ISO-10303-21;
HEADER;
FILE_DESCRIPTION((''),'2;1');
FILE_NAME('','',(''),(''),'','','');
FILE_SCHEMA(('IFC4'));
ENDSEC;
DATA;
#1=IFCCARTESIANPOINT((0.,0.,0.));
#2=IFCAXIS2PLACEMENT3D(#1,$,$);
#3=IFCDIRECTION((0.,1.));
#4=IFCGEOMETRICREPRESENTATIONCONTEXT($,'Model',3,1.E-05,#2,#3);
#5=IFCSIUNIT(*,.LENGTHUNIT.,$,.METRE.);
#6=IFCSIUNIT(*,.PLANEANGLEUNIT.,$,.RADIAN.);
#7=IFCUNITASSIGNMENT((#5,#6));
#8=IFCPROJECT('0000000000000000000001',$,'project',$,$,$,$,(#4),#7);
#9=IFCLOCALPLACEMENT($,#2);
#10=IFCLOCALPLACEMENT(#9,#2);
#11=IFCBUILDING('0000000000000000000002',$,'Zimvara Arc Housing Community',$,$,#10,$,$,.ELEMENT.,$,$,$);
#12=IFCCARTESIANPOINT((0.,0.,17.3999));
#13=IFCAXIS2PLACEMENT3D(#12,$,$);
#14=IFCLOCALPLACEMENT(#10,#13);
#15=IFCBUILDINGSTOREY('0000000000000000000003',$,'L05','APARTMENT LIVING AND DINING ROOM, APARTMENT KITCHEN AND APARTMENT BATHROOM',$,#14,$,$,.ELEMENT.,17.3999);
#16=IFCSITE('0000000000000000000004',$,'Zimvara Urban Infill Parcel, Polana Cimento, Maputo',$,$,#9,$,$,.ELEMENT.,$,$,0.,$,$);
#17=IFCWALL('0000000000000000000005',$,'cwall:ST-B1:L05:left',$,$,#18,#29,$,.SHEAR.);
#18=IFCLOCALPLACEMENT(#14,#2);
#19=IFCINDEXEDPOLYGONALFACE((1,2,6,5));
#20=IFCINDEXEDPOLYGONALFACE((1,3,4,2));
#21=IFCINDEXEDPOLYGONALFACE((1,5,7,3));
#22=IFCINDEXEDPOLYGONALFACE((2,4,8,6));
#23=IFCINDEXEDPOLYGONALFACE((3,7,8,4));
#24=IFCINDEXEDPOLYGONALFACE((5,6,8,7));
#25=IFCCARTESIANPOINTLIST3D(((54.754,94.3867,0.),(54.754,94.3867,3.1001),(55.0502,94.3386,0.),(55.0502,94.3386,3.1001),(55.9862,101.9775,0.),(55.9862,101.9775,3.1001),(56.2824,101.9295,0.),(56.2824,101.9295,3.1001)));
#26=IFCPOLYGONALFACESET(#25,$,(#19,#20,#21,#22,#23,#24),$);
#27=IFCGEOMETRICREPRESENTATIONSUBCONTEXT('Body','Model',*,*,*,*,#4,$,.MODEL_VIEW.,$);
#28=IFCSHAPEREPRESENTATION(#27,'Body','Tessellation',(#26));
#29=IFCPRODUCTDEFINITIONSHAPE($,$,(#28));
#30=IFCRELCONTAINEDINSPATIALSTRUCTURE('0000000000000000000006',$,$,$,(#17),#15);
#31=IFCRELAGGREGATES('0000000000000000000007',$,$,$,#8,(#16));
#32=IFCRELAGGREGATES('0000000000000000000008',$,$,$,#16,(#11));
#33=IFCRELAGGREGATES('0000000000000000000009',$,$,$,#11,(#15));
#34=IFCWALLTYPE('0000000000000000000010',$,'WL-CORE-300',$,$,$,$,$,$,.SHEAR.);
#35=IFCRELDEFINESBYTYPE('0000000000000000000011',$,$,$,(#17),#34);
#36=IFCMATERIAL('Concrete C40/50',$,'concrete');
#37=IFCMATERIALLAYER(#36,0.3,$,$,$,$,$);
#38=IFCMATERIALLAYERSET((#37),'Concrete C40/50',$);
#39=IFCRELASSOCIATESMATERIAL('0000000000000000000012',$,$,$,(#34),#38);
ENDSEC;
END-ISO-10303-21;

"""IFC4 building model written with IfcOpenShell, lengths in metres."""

from ifc_helpers import new_model, si_unit, direction, frame, frame_2d, origin, place, context, subcontext, project, spatial, rectangle, extrude, material, layer, layer_set, type_object, element, save


model = new_model("IFC4")

# Units and contexts
model_context = context("Model", 3, precision=1e-05, world=origin(), true_north=direction((0.0, 1.0)))
body_context = subcontext(model_context, "Body", "Model", "MODEL_VIEW")
ifc_project = project(units=[si_unit("LENGTHUNIT", "METRE"), si_unit("PLANEANGLEUNIT", "RADIAN")], contexts=[model_context])

# Site, building, storey
site_placement = place(None, origin())
site = spatial("IfcSite", under=ifc_project, at=site_placement, Name="Zimvara Urban Infill Parcel, Polana Cimento, Maputo", CompositionType="ELEMENT", RefElevation=0.0)
building_placement = place(site_placement, origin())
building = spatial("IfcBuilding", under=site, at=building_placement, Name="Zimvara Arc Housing Community", CompositionType="ELEMENT")
storey_placement = place(building_placement, frame((0.0, 0.0, 17.3999)))
storey = spatial("IfcBuildingStorey", under=building, at=storey_placement, Name="L05", Description="APARTMENT LIVING AND DINING ROOM, APARTMENT KITCHEN AND APARTMENT BATHROOM", CompositionType="ELEMENT", Elevation=17.3999)

# Shared definitions
ifc_material_1 = material(Name="Concrete C40/50", Category="concrete")
ifc_layer_1 = layer(ifc_material_1, 0.3)
ifc_layer_set_1 = layer_set([ifc_layer_1], Name="Concrete C40/50")
wall_type_1 = type_object("IfcWallType", Name="WL-CORE-300", PredefinedType="SHEAR", material=ifc_layer_set_1)

# Wall
wall_1_placement = place(storey_placement, frame((54.9021, 94.3625, 0.0), z_axis=(0.0, 0.0, 1.0), x_axis=(0.160227, 0.98708, 0.0)))
element("IfcWall", 1, at=wall_1_placement, inside=storey, type_object=wall_type_1, Name="cwall:ST-B1:L05:left", PredefinedType="SHEAR", context=body_context, shape_type="SweptSolid", body=[
    extrude(rectangle(XDim=7.6902, YDim=0.3, at=frame_2d((3.8452, 0.0))), origin(), (0.0, 0.0, 1.0), 3.1001),
])

save(model, "model.ifc")
